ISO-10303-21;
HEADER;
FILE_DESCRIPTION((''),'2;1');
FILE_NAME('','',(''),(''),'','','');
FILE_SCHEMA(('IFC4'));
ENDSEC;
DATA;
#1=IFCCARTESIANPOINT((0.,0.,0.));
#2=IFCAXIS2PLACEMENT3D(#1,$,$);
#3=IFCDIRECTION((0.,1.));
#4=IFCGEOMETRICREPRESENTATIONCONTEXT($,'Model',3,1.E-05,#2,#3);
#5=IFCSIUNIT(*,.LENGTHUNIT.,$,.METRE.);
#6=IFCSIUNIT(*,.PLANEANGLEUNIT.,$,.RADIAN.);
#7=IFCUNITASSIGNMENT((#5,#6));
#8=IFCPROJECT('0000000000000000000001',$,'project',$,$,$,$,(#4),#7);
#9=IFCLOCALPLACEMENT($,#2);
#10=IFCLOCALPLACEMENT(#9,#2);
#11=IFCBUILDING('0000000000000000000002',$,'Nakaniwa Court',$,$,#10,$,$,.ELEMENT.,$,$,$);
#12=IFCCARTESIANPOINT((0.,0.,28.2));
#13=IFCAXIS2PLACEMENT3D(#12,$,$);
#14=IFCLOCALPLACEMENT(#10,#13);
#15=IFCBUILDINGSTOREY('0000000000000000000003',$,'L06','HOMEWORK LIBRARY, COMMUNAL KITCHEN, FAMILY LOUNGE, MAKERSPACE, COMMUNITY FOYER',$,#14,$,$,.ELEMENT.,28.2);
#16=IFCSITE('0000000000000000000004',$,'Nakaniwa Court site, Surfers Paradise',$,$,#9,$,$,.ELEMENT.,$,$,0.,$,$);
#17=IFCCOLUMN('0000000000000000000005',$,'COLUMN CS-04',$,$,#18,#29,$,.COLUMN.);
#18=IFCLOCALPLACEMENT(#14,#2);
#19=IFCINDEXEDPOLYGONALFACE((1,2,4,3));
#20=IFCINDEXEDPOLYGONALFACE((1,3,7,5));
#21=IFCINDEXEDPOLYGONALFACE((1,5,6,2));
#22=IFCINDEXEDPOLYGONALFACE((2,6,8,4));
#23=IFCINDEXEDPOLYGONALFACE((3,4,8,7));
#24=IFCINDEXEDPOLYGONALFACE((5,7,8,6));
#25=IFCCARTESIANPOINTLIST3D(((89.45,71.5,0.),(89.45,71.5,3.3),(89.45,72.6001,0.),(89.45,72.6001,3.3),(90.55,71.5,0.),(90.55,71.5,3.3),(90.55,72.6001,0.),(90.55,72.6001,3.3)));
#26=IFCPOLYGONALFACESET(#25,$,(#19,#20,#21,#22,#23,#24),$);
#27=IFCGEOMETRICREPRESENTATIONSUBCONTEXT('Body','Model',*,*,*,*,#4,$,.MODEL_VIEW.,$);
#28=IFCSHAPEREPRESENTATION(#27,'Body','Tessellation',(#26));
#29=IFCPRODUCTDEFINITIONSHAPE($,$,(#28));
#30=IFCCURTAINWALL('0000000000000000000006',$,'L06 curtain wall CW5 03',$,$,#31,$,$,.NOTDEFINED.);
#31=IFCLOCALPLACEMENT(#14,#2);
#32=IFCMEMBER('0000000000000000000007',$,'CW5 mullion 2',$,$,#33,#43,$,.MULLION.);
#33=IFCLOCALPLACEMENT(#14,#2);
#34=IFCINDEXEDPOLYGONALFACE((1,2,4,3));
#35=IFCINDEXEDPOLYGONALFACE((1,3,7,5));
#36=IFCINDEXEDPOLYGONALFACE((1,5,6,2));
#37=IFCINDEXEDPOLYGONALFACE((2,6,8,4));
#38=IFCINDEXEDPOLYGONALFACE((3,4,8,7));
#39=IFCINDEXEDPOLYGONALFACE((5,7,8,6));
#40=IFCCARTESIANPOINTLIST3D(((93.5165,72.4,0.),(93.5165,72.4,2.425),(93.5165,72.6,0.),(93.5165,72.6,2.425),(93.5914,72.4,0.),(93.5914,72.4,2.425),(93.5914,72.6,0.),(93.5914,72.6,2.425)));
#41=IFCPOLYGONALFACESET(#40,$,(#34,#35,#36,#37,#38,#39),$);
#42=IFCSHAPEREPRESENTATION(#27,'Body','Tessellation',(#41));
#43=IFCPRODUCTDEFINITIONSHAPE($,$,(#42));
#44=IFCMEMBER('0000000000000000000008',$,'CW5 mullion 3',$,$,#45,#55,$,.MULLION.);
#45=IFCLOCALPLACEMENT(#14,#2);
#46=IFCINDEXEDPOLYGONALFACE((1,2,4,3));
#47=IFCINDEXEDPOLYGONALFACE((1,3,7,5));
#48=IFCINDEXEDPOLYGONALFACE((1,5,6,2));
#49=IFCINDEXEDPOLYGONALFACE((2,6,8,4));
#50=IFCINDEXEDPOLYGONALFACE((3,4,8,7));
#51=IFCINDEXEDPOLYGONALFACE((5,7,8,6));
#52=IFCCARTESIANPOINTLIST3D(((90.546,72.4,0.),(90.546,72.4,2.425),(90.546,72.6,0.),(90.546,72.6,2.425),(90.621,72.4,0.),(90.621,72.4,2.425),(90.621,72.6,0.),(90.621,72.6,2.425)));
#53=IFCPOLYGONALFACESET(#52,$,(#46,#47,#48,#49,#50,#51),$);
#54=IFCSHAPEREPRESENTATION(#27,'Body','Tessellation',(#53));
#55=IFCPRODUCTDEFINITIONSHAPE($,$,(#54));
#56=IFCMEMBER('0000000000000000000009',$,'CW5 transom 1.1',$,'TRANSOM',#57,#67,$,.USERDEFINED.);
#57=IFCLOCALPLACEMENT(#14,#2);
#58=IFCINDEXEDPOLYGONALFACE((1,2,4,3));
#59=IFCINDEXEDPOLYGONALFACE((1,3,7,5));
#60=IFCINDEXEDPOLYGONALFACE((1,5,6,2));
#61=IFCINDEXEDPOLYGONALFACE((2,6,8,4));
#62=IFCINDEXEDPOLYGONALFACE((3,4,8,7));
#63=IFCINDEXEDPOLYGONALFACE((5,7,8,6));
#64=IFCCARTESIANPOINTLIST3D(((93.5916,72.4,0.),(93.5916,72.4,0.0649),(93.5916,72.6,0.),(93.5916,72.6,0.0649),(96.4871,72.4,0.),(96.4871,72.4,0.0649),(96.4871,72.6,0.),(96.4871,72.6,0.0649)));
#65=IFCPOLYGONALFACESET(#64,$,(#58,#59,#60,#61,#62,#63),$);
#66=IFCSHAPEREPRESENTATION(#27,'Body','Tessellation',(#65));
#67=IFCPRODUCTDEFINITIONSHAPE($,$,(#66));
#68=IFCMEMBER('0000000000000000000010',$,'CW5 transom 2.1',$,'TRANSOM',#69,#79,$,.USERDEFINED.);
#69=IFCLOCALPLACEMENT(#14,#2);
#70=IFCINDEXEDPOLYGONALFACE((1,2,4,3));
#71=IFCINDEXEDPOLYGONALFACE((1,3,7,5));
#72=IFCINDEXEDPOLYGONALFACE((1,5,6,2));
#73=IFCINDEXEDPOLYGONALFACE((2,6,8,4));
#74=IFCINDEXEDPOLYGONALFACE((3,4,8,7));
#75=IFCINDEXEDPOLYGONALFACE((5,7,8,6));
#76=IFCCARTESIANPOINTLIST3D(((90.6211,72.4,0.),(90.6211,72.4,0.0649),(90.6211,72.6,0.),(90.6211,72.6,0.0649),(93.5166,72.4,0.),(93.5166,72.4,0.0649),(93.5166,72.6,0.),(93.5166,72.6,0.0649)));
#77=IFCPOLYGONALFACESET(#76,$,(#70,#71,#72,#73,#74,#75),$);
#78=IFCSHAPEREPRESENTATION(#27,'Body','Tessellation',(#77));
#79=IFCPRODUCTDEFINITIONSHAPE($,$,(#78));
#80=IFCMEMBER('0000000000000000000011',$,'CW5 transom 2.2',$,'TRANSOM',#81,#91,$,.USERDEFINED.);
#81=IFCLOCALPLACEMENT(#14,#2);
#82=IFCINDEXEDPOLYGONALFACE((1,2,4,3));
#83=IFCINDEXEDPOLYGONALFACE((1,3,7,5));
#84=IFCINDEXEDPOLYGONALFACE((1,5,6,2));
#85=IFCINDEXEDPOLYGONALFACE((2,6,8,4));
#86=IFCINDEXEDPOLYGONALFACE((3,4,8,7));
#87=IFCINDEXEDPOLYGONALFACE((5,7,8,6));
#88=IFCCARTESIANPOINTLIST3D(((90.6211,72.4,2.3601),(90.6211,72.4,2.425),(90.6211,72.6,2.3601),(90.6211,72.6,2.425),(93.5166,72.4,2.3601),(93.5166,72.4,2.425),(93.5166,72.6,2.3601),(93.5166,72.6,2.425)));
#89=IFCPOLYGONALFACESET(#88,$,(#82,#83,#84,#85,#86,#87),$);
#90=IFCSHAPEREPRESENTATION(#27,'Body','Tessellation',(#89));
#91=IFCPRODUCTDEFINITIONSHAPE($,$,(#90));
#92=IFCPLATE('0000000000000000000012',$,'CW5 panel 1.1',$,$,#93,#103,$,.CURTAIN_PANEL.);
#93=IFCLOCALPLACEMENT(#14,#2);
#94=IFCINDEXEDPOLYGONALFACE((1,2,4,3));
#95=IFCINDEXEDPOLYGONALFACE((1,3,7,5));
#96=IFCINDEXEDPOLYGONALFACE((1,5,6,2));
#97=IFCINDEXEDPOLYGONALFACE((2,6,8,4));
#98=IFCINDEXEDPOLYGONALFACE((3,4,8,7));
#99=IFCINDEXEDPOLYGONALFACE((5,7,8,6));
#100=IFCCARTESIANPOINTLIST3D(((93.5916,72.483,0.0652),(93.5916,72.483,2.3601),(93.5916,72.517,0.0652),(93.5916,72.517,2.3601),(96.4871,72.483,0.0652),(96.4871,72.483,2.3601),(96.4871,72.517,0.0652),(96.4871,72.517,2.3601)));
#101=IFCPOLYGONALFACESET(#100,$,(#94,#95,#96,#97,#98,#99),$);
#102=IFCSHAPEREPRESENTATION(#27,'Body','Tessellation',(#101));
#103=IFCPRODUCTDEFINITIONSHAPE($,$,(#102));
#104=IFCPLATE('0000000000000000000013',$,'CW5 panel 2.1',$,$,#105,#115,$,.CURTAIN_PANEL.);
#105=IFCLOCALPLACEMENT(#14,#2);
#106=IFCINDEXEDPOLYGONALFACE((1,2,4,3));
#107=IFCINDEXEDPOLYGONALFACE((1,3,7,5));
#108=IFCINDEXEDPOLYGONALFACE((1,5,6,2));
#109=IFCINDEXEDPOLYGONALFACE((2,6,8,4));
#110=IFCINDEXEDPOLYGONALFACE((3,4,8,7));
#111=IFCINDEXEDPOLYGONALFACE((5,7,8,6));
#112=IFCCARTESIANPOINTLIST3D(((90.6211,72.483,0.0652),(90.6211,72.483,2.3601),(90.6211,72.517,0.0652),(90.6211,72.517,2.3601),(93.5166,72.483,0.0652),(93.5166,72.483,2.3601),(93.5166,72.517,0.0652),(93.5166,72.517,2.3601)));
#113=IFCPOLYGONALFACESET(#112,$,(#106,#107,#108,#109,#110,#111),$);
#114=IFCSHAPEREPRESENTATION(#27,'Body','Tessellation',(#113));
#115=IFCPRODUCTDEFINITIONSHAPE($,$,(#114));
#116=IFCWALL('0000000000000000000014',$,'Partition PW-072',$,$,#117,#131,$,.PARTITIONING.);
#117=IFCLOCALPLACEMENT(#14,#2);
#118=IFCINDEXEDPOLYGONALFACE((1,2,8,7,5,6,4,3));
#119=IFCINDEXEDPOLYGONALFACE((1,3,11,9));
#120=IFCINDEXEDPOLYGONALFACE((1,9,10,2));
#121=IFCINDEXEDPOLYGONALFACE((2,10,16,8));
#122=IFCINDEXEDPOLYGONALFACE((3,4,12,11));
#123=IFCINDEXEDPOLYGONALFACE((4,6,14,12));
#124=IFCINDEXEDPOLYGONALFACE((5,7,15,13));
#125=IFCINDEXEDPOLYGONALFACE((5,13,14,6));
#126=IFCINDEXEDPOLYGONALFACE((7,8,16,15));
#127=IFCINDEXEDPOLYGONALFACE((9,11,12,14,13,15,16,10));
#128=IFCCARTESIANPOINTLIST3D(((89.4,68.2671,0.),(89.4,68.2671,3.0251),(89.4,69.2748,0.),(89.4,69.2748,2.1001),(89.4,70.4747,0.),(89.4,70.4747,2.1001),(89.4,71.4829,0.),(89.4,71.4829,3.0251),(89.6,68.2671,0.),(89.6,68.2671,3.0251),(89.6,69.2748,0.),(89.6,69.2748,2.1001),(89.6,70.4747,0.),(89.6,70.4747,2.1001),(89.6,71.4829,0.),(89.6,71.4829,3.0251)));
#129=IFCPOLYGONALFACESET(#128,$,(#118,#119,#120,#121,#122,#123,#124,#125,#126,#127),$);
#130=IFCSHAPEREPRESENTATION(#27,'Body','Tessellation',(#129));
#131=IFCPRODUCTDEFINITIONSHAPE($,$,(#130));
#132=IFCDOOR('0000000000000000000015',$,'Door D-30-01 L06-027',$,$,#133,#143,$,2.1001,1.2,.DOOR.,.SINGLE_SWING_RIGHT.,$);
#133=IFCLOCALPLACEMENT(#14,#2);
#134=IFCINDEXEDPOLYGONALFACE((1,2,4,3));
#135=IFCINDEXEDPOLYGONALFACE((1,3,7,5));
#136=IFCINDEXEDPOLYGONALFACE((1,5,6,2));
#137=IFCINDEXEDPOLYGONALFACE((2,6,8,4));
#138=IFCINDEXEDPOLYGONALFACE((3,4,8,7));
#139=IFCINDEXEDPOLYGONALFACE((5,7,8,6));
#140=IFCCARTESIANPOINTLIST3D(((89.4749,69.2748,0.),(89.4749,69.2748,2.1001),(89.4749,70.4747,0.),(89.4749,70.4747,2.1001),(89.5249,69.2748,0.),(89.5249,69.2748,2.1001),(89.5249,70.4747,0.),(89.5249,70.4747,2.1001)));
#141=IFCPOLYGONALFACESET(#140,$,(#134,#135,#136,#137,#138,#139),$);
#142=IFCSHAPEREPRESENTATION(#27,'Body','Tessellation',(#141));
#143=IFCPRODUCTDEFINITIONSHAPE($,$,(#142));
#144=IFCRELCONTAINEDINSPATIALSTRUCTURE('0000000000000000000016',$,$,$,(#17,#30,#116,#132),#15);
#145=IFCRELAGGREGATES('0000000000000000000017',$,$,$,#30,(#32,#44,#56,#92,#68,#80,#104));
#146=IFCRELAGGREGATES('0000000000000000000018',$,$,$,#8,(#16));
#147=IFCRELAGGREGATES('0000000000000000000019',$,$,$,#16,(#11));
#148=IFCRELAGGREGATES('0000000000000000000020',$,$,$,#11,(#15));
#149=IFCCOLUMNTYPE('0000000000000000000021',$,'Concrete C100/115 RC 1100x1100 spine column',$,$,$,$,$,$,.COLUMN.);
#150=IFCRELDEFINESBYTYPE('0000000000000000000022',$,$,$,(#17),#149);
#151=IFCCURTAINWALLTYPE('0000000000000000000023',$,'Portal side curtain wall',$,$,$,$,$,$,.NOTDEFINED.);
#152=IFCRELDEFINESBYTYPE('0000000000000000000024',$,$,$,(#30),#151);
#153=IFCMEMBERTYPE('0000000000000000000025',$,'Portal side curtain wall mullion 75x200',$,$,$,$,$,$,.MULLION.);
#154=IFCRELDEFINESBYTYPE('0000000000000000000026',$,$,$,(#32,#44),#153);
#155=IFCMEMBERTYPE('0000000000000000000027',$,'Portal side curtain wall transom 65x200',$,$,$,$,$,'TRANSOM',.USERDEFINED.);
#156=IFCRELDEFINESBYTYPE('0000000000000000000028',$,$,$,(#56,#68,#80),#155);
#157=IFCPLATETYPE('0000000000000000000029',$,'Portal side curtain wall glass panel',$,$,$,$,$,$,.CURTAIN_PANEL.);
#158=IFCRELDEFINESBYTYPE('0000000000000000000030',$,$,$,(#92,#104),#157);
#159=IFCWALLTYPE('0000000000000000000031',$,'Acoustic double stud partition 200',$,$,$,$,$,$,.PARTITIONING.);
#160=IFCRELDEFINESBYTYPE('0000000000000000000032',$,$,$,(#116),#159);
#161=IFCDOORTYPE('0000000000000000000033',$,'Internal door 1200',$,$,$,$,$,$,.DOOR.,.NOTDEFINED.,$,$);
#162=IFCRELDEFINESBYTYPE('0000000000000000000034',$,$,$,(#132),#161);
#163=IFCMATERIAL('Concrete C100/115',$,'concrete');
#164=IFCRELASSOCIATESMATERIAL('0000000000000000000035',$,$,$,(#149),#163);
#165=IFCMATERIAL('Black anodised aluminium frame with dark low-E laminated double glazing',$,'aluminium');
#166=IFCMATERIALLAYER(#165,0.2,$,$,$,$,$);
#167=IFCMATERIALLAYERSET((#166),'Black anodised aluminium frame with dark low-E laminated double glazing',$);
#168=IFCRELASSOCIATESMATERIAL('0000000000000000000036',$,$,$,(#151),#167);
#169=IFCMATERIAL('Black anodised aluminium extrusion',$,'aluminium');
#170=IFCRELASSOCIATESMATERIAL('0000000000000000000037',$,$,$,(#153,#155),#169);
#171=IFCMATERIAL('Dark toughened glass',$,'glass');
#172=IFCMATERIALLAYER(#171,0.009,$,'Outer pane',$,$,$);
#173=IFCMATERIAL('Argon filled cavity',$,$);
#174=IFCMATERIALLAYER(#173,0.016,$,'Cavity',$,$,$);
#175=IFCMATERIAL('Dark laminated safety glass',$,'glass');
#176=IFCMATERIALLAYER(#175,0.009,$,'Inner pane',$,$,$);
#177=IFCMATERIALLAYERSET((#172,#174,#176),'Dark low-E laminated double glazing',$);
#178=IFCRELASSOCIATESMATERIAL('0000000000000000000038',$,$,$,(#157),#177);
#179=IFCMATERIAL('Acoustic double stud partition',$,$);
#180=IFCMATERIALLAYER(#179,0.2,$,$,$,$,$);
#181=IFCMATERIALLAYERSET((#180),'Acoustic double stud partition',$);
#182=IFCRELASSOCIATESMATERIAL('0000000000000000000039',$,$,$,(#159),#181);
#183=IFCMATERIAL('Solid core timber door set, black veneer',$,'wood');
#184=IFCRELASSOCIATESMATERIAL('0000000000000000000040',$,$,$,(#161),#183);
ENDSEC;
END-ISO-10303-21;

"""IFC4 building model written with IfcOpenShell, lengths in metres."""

from ifc_helpers import new_model, si_unit, direction, frame, frame_2d, origin, origin_2d, place, context, subcontext, project, spatial, rectangle, extrude, material, layer, layer_set, material_profile, profile_set, type_object, element, fill, aggregate, save


model = new_model("IFC4")

# Units and contexts
model_context = context("Model", 3, precision=1e-05, world=origin(), true_north=direction((0.0, 1.0)))
body_context = subcontext(model_context, "Body", "Model", "MODEL_VIEW")
ifc_project = project(units=[si_unit("LENGTHUNIT", "METRE"), si_unit("PLANEANGLEUNIT", "RADIAN")], contexts=[model_context])

# Site, building, storey
site_placement = place(None, origin())
site = spatial("IfcSite", under=ifc_project, at=site_placement, Name="Nakaniwa Court site, Surfers Paradise", CompositionType="ELEMENT", RefElevation=0.0)
building_placement = place(site_placement, origin())
building = spatial("IfcBuilding", under=site, at=building_placement, Name="Nakaniwa Court", CompositionType="ELEMENT")
storey_placement = place(building_placement, frame((0.0, 0.0, 28.2)))
storey = spatial("IfcBuildingStorey", under=building, at=storey_placement, Name="L06", Description="HOMEWORK LIBRARY, COMMUNAL KITCHEN, FAMILY LOUNGE, MAKERSPACE, COMMUNITY FOYER", CompositionType="ELEMENT", Elevation=28.2)

# Column
ifc_material_1 = material(Name="Concrete C100/115", Category="concrete")
ifc_material_profile_1 = material_profile(ifc_material_1, rectangle(XDim=1.1001, YDim=1.1001, at=origin_2d()), Name="Concrete C100/115 RC 1100x1100 spine column")
ifc_profile_set_1 = profile_set([ifc_material_profile_1], Name="Concrete C100/115")
column_type = type_object("IfcColumnType", Name="Concrete C100/115 RC 1100x1100 spine column", PredefinedType="COLUMN", material=ifc_profile_set_1)
column_placement = place(storey_placement, frame((90.0, 72.05, 0.0), z_axis=(0.0, 0.0, 1.0), x_axis=(0.0, 1.0, 0.0)))
element("IfcColumn", 1, at=column_placement, inside=storey, type_object=column_type, Name="COLUMN CS-04", PredefinedType="COLUMN", context=body_context, shape_type="SweptSolid", body=[
    extrude(rectangle(XDim=1.1001, YDim=1.1001, at=origin_2d()), origin(), (0.0, 0.0, 1.0), 3.3),
])

# Curtain wall, members, plates
ifc_material_2 = material(Name="Black anodised aluminium frame with dark low-E laminated double glazing", Category="aluminium")
ifc_layer_1 = layer(ifc_material_2, 0.2)
ifc_layer_set_1 = layer_set([ifc_layer_1], Name="Black anodised aluminium frame with dark low-E laminated double glazing")
curtain_wall_type = type_object("IfcCurtainWallType", Name="Portal side curtain wall", PredefinedType="NOTDEFINED", material=ifc_layer_set_1)
curtain_wall_placement = place(storey_placement, origin())
curtain_wall = element("IfcCurtainWall", 2, at=curtain_wall_placement, inside=storey, type_object=curtain_wall_type, Name="L06 curtain wall CW5 03", PredefinedType="NOTDEFINED")
ifc_material_3 = material(Name="Black anodised aluminium extrusion", Category="aluminium")
ifc_material_profile_2 = material_profile(ifc_material_3, rectangle(XDim=0.2, YDim=0.075, at=origin_2d()), Name="Portal side curtain wall mullion 75x200")
ifc_profile_set_2 = profile_set([ifc_material_profile_2], Name="Black anodised aluminium extrusion")
member_type_1 = type_object("IfcMemberType", Name="Portal side curtain wall mullion 75x200", PredefinedType="MULLION", material=ifc_profile_set_2)
member_1_placement = place(storey_placement, frame((93.554, 72.5, 0.0), z_axis=(0.0, 0.0, 1.0), x_axis=(0.0, -1.0, 0.0)))
member_1 = element("IfcMember", 3, at=member_1_placement, type_object=member_type_1, Name="CW5 mullion 2", PredefinedType="MULLION", context=body_context, shape_type="SweptSolid", body=[
    extrude(rectangle(XDim=0.2, YDim=0.075, at=origin_2d()), origin(), (0.0, 0.0, 1.0), 2.425),
])
member_2_placement = place(storey_placement, frame((90.5835, 72.5, 0.0), z_axis=(0.0, 0.0, 1.0), x_axis=(0.0, -1.0, 0.0)))
member_2 = element("IfcMember", 4, at=member_2_placement, type_object=member_type_1, Name="CW5 mullion 3", PredefinedType="MULLION", context=body_context, shape_type="SweptSolid", body=[
    extrude(rectangle(XDim=0.2, YDim=0.075, at=origin_2d()), origin(), (0.0, 0.0, 1.0), 2.425),
])
ifc_material_profile_3 = material_profile(ifc_material_3, rectangle(XDim=0.2, YDim=0.0649, at=origin_2d()), Name="Portal side curtain wall transom 65x200")
ifc_profile_set_3 = profile_set([ifc_material_profile_3], Name="Black anodised aluminium extrusion")
member_type_2 = type_object("IfcMemberType", Name="Portal side curtain wall transom 65x200", ElementType="TRANSOM", PredefinedType="USERDEFINED", material=ifc_profile_set_3)
member_3_placement = place(storey_placement, frame((96.4871, 72.5, 0.0325), z_axis=(-1.0, 0.0, 0.0), x_axis=(0.0, -1.0, 0.0)))
member_3 = element("IfcMember", 5, at=member_3_placement, type_object=member_type_2, Name="CW5 transom 1.1", ObjectType="TRANSOM", PredefinedType="USERDEFINED", context=body_context, shape_type="SweptSolid", body=[
    extrude(rectangle(XDim=0.2, YDim=0.0649, at=origin_2d()), origin(), (0.0, 0.0, 1.0), 2.8955),
])
member_4_placement = place(storey_placement, frame((93.5166, 72.5, 0.0325), z_axis=(-1.0, 0.0, 0.0), x_axis=(0.0, -1.0, 0.0)))
member_4 = element("IfcMember", 6, at=member_4_placement, type_object=member_type_2, Name="CW5 transom 2.1", ObjectType="TRANSOM", PredefinedType="USERDEFINED", context=body_context, shape_type="SweptSolid", body=[
    extrude(rectangle(XDim=0.2, YDim=0.0649, at=origin_2d()), origin(), (0.0, 0.0, 1.0), 2.8955),
])
member_5_placement = place(storey_placement, frame((93.5166, 72.5, 2.3926), z_axis=(-1.0, 0.0, 0.0), x_axis=(0.0, -1.0, 0.0)))
member_5 = element("IfcMember", 7, at=member_5_placement, type_object=member_type_2, Name="CW5 transom 2.2", ObjectType="TRANSOM", PredefinedType="USERDEFINED", context=body_context, shape_type="SweptSolid", body=[
    extrude(rectangle(XDim=0.2, YDim=0.0649, at=origin_2d()), origin(), (0.0, 0.0, 1.0), 2.8955),
])
ifc_material_4 = material(Name="Dark toughened glass", Category="glass")
ifc_layer_2 = layer(ifc_material_4, 0.009, Name="Outer pane")
ifc_material_5 = material(Name="Argon filled cavity")
ifc_layer_3 = layer(ifc_material_5, 0.016, Name="Cavity")
ifc_material_6 = material(Name="Dark laminated safety glass", Category="glass")
ifc_layer_4 = layer(ifc_material_6, 0.009, Name="Inner pane")
ifc_layer_set_2 = layer_set([ifc_layer_2, ifc_layer_3, ifc_layer_4], Name="Dark low-E laminated double glazing")
plate_type = type_object("IfcPlateType", Name="Portal side curtain wall glass panel", PredefinedType="CURTAIN_PANEL", material=ifc_layer_set_2)
plate_1_placement = place(storey_placement, frame((95.0393, 72.5, 0.0652), z_axis=(0.0, 0.0, 1.0), x_axis=(-1.0, 0.0, 0.0)))
plate_1 = element("IfcPlate", 8, at=plate_1_placement, type_object=plate_type, Name="CW5 panel 1.1", PredefinedType="CURTAIN_PANEL", context=body_context, shape_type="SweptSolid", body=[
    extrude(rectangle(XDim=2.8955, YDim=0.0339, at=origin_2d()), origin(), (0.0, 0.0, 1.0), 2.2949),
])
plate_2_placement = place(storey_placement, frame((92.0688, 72.5, 0.0652), z_axis=(0.0, 0.0, 1.0), x_axis=(-1.0, 0.0, 0.0)))
plate_2 = element("IfcPlate", 9, at=plate_2_placement, type_object=plate_type, Name="CW5 panel 2.1", PredefinedType="CURTAIN_PANEL", context=body_context, shape_type="SweptSolid", body=[
    extrude(rectangle(XDim=2.8955, YDim=0.0339, at=origin_2d()), origin(), (0.0, 0.0, 1.0), 2.2949),
])
aggregate(curtain_wall, [member_1, member_2, member_3, plate_1, member_4, member_5, plate_2])

# Wall, opening, door
ifc_material_7 = material(Name="Acoustic double stud partition")
ifc_layer_5 = layer(ifc_material_7, 0.2)
ifc_layer_set_3 = layer_set([ifc_layer_5], Name="Acoustic double stud partition")
wall_type_1 = type_object("IfcWallType", Name="Acoustic double stud partition 200", PredefinedType="PARTITIONING", material=ifc_layer_set_3)
wall_1_placement = place(storey_placement, frame((89.5, 71.4829, 0.0), z_axis=(0.0, 0.0, 1.0), x_axis=(0.0, -1.0, 0.0)))
wall_1 = element("IfcWall", 10, at=wall_1_placement, inside=storey, type_object=wall_type_1, Name="Partition PW-072", PredefinedType="PARTITIONING", context=body_context, shape_type="SweptSolid", body=[
    extrude(rectangle(XDim=3.2158, YDim=0.2, at=frame_2d((1.6079, 0.0))), origin(), (0.0, 0.0, 1.0), 3.0251),
])
opening_1_placement = place(wall_1_placement, frame((1.0081, 0.0, 0.0)))
opening_1 = element("IfcOpeningElement", 11, at=opening_1_placement, cuts=wall_1, PredefinedType="OPENING", context=body_context, shape_type="SweptSolid", body=[
    extrude(rectangle(XDim=1.2, YDim=2.1001, at=frame_2d((0.6001, 1.05))), frame((0.0, 0.1099, 0.0), z_axis=(0.0, -1.0, 0.0), x_axis=(1.0, 0.0, 0.0)), (0.0, 0.0, 1.0), 0.22),
])
ifc_material_8 = material(Name="Solid core timber door set, black veneer", Category="wood")
door_type_1 = type_object("IfcDoorType", Name="Internal door 1200", OperationType="NOTDEFINED", PredefinedType="DOOR", material=ifc_material_8)
door_1_placement = place(opening_1_placement, origin())
door_1 = element("IfcDoor", 12, at=door_1_placement, inside=storey, type_object=door_type_1, Name="Door D-30-01 L06-027", OperationType="SINGLE_SWING_RIGHT", OverallHeight=2.1001, OverallWidth=1.2, PredefinedType="DOOR", context=body_context, shape_type="SweptSolid", body=[
    extrude(rectangle(XDim=1.2, YDim=2.1001, at=frame_2d((0.6001, 1.05))), frame((0.0, 0.0249, 0.0), z_axis=(0.0, -1.0, 0.0), x_axis=(1.0, 0.0, 0.0)), (0.0, 0.0, 1.0), 0.05),
])
fill(opening_1, door_1)

save(model, "model.ifc")
